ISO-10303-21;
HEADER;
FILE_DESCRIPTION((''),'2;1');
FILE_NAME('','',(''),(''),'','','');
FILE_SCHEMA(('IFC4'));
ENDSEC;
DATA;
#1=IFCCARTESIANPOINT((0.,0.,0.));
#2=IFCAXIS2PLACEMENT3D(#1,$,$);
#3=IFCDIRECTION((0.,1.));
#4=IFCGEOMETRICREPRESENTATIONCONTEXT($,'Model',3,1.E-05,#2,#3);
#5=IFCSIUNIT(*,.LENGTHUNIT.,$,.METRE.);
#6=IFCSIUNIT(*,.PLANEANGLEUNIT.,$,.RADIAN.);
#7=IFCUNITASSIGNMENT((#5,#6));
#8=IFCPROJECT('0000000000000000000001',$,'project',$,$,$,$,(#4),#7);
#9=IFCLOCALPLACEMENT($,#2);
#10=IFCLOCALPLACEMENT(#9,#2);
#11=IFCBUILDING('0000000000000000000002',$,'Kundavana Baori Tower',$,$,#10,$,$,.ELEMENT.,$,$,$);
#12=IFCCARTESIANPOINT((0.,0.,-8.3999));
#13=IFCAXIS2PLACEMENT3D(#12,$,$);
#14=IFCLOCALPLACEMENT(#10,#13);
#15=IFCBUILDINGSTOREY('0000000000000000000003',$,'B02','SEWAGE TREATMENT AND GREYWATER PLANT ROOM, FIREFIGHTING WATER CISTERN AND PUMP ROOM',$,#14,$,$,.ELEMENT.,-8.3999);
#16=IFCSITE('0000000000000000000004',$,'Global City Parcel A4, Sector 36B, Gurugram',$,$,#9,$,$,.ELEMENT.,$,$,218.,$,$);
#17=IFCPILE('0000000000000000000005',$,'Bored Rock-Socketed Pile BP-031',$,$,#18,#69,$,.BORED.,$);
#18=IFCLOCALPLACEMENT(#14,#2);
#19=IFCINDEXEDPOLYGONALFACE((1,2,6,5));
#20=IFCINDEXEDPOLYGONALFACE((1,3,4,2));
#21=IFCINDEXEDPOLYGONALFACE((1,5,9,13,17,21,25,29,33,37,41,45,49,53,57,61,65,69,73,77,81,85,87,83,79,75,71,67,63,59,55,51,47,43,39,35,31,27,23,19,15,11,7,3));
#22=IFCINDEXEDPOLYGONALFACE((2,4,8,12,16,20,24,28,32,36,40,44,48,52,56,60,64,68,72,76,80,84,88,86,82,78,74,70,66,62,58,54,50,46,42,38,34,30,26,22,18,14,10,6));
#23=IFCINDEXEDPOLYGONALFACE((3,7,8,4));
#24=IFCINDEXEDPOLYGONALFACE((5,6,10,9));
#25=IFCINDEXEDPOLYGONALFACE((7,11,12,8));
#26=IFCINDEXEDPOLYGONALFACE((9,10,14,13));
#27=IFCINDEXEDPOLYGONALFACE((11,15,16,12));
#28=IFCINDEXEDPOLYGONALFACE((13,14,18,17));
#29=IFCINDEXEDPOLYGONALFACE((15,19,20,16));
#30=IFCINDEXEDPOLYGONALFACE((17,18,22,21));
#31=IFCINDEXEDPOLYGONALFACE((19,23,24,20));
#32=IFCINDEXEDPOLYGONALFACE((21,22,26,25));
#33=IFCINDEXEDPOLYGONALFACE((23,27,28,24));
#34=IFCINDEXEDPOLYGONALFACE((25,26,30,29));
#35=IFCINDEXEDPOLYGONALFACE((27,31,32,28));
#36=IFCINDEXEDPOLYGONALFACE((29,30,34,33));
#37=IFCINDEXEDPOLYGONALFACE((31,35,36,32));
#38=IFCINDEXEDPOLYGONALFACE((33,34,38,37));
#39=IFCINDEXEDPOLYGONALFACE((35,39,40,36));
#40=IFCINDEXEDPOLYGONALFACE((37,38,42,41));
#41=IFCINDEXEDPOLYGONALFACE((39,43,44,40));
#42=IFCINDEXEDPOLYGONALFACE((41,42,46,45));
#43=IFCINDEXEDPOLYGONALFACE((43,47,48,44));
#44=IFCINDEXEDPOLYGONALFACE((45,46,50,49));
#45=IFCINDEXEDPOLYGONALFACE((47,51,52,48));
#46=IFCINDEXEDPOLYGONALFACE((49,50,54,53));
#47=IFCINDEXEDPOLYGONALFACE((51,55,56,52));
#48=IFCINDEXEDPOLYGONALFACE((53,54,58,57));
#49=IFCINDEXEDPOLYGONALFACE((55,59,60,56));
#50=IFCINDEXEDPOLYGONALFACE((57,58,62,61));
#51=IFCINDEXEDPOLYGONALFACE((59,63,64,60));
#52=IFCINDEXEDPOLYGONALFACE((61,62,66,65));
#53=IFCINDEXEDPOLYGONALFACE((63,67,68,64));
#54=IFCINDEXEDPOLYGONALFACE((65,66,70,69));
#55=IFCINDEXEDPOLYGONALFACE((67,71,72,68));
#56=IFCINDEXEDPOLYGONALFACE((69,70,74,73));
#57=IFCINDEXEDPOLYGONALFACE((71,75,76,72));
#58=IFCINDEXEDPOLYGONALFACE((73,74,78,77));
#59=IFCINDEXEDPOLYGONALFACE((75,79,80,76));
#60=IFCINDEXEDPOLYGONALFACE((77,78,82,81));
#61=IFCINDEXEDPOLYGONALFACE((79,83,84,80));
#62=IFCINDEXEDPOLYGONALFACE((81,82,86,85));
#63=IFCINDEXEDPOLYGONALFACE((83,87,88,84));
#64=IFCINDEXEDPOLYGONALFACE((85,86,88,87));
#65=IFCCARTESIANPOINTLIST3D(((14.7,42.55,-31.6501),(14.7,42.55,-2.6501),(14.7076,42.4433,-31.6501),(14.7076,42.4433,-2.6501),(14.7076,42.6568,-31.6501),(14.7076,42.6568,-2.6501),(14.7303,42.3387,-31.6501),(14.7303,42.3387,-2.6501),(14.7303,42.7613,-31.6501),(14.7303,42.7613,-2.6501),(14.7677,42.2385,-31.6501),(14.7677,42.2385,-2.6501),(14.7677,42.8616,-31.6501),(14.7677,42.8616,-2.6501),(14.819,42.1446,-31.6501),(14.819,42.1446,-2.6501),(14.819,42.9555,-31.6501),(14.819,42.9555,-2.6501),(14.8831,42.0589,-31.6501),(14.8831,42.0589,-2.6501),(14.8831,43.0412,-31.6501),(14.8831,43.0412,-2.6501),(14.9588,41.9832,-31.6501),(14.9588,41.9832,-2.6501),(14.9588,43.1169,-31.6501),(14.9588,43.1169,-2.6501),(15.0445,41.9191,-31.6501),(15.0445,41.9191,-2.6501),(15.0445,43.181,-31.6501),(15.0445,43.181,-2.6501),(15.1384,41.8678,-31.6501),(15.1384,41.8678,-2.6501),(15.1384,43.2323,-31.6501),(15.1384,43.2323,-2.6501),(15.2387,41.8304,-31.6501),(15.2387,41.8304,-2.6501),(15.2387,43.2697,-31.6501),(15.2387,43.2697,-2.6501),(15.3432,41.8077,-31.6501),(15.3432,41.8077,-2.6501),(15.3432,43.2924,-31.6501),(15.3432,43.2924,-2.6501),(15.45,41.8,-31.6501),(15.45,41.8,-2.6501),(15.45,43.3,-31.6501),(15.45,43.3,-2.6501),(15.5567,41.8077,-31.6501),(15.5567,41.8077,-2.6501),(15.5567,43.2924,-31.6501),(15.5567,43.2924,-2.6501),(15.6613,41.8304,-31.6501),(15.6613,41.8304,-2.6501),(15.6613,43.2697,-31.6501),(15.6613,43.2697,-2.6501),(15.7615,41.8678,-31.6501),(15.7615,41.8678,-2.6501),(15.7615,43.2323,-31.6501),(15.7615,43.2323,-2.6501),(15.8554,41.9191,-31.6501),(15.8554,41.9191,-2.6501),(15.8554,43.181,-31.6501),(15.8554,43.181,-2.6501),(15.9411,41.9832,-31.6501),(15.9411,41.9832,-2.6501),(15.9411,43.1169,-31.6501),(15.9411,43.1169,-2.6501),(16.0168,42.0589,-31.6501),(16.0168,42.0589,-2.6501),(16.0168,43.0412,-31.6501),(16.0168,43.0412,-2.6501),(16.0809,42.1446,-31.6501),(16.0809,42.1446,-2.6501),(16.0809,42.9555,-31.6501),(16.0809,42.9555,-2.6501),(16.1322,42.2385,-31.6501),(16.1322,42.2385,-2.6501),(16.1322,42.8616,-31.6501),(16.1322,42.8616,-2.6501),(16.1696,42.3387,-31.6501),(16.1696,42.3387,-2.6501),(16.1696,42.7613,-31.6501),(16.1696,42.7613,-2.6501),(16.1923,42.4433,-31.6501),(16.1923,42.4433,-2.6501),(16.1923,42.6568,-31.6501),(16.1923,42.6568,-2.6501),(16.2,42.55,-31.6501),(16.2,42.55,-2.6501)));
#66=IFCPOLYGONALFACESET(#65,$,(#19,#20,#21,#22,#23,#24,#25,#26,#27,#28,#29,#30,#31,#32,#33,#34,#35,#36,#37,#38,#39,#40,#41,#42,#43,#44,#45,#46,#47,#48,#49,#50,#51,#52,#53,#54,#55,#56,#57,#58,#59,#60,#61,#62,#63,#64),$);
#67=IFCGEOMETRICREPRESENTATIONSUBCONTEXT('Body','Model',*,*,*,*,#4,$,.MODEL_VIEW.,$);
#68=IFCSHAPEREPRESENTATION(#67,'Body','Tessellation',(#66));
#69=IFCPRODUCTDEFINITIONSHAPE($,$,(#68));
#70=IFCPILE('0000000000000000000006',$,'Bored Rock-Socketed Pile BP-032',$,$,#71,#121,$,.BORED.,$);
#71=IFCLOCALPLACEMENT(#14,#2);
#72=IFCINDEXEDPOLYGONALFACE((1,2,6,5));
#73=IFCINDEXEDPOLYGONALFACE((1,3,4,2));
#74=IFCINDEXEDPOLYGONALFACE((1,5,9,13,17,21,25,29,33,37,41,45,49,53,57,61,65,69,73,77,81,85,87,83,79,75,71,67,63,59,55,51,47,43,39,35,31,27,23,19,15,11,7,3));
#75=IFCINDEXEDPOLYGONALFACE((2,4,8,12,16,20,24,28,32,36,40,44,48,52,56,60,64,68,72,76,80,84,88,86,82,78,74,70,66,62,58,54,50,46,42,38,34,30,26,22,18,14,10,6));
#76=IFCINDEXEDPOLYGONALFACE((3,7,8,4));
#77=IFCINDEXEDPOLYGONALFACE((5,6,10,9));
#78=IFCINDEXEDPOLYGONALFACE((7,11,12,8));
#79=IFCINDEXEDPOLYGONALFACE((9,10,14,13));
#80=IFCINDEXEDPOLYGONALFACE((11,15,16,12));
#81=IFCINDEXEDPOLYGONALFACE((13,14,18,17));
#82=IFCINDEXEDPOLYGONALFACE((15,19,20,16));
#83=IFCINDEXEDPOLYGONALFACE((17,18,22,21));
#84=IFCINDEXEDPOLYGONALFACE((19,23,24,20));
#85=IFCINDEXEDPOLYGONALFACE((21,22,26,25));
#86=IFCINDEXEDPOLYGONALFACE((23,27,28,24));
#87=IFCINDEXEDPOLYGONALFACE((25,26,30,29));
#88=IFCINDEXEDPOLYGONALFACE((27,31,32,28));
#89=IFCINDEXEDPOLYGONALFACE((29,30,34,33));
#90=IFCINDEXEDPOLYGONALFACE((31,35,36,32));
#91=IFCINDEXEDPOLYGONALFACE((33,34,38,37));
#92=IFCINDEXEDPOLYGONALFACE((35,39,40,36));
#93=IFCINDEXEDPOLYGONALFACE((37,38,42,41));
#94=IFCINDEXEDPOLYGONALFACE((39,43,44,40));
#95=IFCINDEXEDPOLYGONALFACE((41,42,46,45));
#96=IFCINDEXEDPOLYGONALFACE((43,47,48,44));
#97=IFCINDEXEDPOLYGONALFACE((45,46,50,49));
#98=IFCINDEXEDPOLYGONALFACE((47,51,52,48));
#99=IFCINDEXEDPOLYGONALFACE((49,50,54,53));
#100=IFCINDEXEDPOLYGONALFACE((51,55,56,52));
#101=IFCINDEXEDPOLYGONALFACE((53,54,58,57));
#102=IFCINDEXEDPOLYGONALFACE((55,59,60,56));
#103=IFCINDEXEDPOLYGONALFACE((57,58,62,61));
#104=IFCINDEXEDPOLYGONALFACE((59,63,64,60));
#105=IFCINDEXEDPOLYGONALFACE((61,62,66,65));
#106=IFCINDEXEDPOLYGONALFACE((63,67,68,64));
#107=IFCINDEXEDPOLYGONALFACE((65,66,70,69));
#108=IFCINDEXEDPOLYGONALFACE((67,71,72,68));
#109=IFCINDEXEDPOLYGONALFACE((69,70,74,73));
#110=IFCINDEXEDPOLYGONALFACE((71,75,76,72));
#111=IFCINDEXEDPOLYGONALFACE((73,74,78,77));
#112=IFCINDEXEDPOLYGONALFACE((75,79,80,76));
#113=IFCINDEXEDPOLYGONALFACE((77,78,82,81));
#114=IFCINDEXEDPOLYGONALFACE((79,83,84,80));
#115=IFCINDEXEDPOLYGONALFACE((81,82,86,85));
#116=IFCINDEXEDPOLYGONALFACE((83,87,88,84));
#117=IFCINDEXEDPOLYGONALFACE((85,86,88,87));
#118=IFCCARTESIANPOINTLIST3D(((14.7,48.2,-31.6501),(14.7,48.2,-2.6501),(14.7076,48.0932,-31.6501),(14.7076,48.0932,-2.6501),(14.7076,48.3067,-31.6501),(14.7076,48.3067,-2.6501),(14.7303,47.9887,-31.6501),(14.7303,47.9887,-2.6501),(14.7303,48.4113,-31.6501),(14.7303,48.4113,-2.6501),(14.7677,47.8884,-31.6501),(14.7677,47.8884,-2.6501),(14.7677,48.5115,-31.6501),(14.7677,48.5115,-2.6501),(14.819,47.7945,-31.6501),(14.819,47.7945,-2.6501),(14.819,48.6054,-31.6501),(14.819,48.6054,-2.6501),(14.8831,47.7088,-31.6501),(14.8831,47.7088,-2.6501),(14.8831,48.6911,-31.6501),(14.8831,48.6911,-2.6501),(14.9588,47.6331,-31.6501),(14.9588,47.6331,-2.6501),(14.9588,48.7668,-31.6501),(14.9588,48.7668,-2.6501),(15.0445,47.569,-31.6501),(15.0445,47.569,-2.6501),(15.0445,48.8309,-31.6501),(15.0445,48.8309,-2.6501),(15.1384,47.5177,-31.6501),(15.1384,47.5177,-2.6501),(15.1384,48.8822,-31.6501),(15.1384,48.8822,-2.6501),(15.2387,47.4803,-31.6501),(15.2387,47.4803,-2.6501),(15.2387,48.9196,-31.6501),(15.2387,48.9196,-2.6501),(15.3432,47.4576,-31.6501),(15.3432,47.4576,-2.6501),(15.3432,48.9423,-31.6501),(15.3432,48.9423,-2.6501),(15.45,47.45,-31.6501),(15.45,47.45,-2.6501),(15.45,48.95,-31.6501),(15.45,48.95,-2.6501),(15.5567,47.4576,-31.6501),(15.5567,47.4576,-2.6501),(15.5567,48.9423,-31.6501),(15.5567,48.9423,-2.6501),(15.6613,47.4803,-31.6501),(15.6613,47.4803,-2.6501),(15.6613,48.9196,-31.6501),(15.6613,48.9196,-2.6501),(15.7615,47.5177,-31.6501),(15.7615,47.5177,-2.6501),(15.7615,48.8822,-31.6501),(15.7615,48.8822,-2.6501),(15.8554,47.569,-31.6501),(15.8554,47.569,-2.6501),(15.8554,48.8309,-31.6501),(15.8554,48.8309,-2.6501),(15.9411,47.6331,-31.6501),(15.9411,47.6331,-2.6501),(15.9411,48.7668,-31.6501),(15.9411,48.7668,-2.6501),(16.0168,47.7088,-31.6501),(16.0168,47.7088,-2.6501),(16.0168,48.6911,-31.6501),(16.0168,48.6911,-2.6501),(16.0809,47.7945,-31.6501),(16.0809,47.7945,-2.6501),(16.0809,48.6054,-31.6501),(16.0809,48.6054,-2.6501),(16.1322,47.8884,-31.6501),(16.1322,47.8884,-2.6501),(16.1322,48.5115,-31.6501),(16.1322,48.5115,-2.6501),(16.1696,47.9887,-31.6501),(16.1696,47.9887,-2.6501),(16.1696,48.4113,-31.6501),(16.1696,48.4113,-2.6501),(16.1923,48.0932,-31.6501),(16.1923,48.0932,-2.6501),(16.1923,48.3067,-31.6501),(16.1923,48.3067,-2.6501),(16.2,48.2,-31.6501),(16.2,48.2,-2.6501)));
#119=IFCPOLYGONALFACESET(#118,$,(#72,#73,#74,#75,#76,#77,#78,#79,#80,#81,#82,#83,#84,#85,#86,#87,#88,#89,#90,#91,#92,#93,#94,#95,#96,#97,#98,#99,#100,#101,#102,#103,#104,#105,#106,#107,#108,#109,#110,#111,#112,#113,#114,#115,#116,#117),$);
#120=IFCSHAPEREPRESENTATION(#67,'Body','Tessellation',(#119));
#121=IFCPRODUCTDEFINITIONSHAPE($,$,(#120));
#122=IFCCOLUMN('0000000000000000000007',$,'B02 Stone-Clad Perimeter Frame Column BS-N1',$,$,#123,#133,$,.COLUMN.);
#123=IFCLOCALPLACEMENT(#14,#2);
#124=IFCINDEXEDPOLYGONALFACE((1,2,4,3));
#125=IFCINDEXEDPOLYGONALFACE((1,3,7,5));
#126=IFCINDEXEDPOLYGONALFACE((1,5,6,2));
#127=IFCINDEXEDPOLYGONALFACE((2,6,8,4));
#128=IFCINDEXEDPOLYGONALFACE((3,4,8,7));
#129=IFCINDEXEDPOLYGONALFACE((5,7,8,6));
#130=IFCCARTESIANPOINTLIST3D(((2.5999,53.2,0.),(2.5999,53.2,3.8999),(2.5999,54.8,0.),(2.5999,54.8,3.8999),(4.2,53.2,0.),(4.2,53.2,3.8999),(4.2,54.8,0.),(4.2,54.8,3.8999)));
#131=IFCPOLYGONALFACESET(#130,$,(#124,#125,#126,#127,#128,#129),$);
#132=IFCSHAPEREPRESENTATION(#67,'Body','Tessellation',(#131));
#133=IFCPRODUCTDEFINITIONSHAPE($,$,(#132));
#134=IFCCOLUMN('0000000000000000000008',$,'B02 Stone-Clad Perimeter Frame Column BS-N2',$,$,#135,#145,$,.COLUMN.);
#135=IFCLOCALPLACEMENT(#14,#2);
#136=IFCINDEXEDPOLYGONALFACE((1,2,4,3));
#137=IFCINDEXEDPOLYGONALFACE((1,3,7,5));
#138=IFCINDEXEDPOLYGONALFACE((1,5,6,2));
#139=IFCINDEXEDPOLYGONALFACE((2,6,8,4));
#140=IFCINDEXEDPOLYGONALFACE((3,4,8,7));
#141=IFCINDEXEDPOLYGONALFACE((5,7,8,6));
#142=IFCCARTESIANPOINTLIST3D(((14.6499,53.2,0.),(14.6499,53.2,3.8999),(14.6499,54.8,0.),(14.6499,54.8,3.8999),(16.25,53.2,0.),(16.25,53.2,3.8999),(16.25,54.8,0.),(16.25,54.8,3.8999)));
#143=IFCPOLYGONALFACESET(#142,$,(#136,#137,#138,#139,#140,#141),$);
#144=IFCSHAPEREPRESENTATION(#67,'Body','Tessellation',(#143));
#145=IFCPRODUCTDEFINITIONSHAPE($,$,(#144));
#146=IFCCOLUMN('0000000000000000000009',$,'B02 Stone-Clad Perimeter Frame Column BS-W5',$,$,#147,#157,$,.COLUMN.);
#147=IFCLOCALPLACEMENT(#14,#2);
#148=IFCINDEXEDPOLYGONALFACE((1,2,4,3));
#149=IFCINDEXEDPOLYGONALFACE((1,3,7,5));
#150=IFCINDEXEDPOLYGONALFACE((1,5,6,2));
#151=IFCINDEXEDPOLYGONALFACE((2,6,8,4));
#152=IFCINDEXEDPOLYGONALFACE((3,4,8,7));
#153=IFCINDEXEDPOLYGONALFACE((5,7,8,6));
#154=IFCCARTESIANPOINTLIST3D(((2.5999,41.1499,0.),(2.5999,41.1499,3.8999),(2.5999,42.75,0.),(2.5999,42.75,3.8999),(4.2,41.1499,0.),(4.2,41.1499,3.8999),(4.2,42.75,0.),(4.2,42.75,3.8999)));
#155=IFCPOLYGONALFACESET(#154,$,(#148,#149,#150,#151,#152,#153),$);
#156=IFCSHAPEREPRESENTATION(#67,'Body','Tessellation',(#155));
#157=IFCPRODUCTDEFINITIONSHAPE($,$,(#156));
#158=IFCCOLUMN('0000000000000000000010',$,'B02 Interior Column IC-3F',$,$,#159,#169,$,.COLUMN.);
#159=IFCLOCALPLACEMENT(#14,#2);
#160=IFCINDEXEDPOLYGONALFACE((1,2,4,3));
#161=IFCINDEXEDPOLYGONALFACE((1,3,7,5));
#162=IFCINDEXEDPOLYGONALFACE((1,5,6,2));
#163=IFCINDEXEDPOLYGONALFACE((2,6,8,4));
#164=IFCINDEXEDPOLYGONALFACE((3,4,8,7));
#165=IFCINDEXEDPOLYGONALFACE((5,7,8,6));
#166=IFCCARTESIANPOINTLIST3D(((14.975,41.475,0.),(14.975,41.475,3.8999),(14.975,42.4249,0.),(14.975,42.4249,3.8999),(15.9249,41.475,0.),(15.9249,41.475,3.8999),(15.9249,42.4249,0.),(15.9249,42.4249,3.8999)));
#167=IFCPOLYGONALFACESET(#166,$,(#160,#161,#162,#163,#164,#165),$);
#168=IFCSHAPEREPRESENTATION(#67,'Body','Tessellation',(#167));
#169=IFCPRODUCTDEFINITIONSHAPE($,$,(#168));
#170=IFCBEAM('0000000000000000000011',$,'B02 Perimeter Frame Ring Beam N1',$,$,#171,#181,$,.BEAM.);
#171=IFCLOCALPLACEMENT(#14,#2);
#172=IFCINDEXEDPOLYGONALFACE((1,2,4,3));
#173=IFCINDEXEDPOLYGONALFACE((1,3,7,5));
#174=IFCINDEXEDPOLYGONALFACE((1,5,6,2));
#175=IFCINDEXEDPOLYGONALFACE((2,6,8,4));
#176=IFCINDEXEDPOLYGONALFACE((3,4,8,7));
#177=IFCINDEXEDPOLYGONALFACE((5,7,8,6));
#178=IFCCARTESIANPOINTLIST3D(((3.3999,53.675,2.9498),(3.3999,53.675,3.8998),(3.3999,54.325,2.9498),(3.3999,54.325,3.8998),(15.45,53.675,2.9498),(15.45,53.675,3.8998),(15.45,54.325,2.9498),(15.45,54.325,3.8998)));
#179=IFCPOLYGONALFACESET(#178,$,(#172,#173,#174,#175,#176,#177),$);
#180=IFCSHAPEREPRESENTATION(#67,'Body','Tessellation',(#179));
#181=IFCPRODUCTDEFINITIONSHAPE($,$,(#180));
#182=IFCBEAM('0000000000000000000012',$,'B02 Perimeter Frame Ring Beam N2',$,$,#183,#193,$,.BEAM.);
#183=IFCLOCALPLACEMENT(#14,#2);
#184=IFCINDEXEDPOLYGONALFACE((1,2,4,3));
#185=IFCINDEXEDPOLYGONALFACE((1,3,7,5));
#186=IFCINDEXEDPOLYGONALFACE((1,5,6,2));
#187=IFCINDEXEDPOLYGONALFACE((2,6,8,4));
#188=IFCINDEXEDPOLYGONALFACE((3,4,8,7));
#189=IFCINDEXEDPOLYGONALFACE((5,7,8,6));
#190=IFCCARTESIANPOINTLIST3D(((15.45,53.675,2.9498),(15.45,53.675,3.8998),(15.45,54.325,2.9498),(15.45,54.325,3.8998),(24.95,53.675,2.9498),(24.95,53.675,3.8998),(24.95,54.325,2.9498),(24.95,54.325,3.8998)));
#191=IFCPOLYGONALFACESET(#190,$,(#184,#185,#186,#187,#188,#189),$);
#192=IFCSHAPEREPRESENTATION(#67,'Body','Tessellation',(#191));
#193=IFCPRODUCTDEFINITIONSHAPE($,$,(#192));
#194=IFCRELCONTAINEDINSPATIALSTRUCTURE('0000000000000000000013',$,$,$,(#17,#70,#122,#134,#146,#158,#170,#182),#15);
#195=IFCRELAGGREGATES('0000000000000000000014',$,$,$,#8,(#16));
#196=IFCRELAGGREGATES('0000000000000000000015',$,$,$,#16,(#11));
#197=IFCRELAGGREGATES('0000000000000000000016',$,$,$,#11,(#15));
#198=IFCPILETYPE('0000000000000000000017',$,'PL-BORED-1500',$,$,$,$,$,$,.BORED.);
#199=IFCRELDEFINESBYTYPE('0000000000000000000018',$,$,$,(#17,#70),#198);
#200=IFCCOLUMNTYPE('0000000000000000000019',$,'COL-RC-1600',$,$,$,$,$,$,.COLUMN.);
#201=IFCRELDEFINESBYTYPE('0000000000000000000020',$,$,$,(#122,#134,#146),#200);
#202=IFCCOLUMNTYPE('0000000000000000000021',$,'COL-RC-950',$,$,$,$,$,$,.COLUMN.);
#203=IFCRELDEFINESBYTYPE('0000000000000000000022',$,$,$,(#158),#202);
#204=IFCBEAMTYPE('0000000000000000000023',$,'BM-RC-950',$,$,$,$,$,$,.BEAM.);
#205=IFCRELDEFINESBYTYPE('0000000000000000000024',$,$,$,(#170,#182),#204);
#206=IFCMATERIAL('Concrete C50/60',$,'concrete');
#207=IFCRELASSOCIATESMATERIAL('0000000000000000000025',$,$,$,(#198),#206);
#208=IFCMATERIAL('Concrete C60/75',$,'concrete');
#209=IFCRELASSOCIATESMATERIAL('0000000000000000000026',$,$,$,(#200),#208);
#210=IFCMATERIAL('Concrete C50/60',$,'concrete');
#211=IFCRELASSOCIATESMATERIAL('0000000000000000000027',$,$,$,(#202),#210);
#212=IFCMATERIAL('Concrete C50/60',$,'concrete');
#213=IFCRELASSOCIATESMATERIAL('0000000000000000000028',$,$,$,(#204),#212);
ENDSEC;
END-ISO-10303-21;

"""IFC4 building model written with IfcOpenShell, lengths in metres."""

from ifc_helpers import new_model, si_unit, direction, frame, origin, origin_2d, place, context, subcontext, project, spatial, rectangle, circle, extrude, material, material_profile, profile_set, type_object, element, save


model = new_model("IFC4")

# Units and contexts
model_context = context("Model", 3, precision=1e-05, world=origin(), true_north=direction((0.0, 1.0)))
body_context = subcontext(model_context, "Body", "Model", "MODEL_VIEW")
ifc_project = project(units=[si_unit("LENGTHUNIT", "METRE"), si_unit("PLANEANGLEUNIT", "RADIAN")], contexts=[model_context])

# Site, building, storey
site_placement = place(None, origin())
site = spatial("IfcSite", under=ifc_project, at=site_placement, Name="Global City Parcel A4, Sector 36B, Gurugram", CompositionType="ELEMENT", RefElevation=218.0)
building_placement = place(site_placement, origin())
building = spatial("IfcBuilding", under=site, at=building_placement, Name="Kundavana Baori Tower", CompositionType="ELEMENT")
storey_placement = place(building_placement, frame((0.0, 0.0, -8.3999)))
storey = spatial("IfcBuildingStorey", under=building, at=storey_placement, Name="B02", Description="SEWAGE TREATMENT AND GREYWATER PLANT ROOM, FIREFIGHTING WATER CISTERN AND PUMP ROOM", CompositionType="ELEMENT", Elevation=-8.3999)

# Piles
ifc_material_1 = material(Name="Concrete C50/60", Category="concrete")
ifc_material_profile_1 = material_profile(ifc_material_1, circle(Radius=0.75, at=origin_2d()), Name="BORED PILE D1500")
ifc_profile_set_1 = profile_set([ifc_material_profile_1], Name="Concrete C50/60")
pile_type_1 = type_object("IfcPileType", Name="PL-BORED-1500", PredefinedType="BORED", material=ifc_profile_set_1)
for number, where, z_axis, x_axis, name in (
    (1, (15.45, 42.55, -2.6501), (0.0, 0.0, -1.0), (1.0, 0.0, 0.0), "Bored Rock-Socketed Pile BP-031"),
    (2, (15.45, 48.2, -2.6501), (0.0, 0.0, -1.0), (1.0, 0.0, 0.0), "Bored Rock-Socketed Pile BP-032"),
):
    element("IfcPile", number, at=place(storey_placement, frame(where, z_axis=z_axis, x_axis=x_axis)), inside=storey, type_object=pile_type_1, Name=name, PredefinedType="BORED", context=body_context, shape_type="SweptSolid", body=[
        extrude(circle(Radius=0.75, at=origin_2d()), origin(), (0.0, 0.0, 1.0), 29.0),
    ])

# Columns
ifc_material_2 = material(Name="Concrete C60/75", Category="concrete")
ifc_material_profile_2 = material_profile(ifc_material_2, rectangle(XDim=1.6001, YDim=1.6001, at=origin_2d()), Name="RC 1600x1600")
ifc_profile_set_2 = profile_set([ifc_material_profile_2], Name="Concrete C60/75")
column_type_1 = type_object("IfcColumnType", Name="COL-RC-1600", PredefinedType="COLUMN", material=ifc_profile_set_2)
for number, where, z_axis, x_axis, name in (
    (3, (3.3999, 54.0, 0.0), (0.0, 0.0, 1.0), (1.0, 0.0, 0.0), "B02 Stone-Clad Perimeter Frame Column BS-N1"),
    (4, (15.45, 54.0, 0.0), (0.0, 0.0, 1.0), (1.0, 0.0, 0.0), "B02 Stone-Clad Perimeter Frame Column BS-N2"),
    (5, (3.3999, 41.95, 0.0), (0.0, 0.0, 1.0), (1.0, 0.0, 0.0), "B02 Stone-Clad Perimeter Frame Column BS-W5"),
):
    element("IfcColumn", number, at=place(storey_placement, frame(where, z_axis=z_axis, x_axis=x_axis)), inside=storey, type_object=column_type_1, Name=name, PredefinedType="COLUMN", context=body_context, shape_type="SweptSolid", body=[
        extrude(rectangle(XDim=1.6001, YDim=1.6001, at=origin_2d()), origin(), (0.0, 0.0, 1.0), 3.8999),
    ])
ifc_material_3 = material(Name="Concrete C50/60", Category="concrete")
ifc_material_profile_3 = material_profile(ifc_material_3, rectangle(XDim=0.95, YDim=0.95, at=origin_2d()), Name="RC 950x950")
ifc_profile_set_3 = profile_set([ifc_material_profile_3], Name="Concrete C50/60")
column_type_2 = type_object("IfcColumnType", Name="COL-RC-950", PredefinedType="COLUMN", material=ifc_profile_set_3)
column_placement = place(storey_placement, frame((15.45, 41.95, 0.0), z_axis=(0.0, 0.0, 1.0), x_axis=(1.0, 0.0, 0.0)))
element("IfcColumn", 6, at=column_placement, inside=storey, type_object=column_type_2, Name="B02 Interior Column IC-3F", PredefinedType="COLUMN", context=body_context, shape_type="SweptSolid", body=[
    extrude(rectangle(XDim=0.95, YDim=0.95, at=origin_2d()), origin(), (0.0, 0.0, 1.0), 3.8999),
])

# Beams
ifc_material_4 = material(Name="Concrete C50/60", Category="concrete")
ifc_material_profile_4 = material_profile(ifc_material_4, rectangle(XDim=0.6499, YDim=0.95, at=origin_2d()), Name="RC BM 650x950")
ifc_profile_set_4 = profile_set([ifc_material_profile_4], Name="Concrete C50/60")
beam_type = type_object("IfcBeamType", Name="BM-RC-950", PredefinedType="BEAM", material=ifc_profile_set_4)
beam_1_placement = place(storey_placement, frame((3.3999, 54.0, 3.4248), z_axis=(1.0, 0.0, 0.0), x_axis=(0.0, 1.0, 0.0)))
element("IfcBeam", 7, at=beam_1_placement, inside=storey, type_object=beam_type, Name="B02 Perimeter Frame Ring Beam N1", PredefinedType="BEAM", context=body_context, shape_type="SweptSolid", body=[
    extrude(rectangle(XDim=0.6499, YDim=0.95, at=origin_2d()), origin(), (0.0, 0.0, 1.0), 12.05),
])
beam_2_placement = place(storey_placement, frame((15.45, 54.0, 3.4248), z_axis=(1.0, 0.0, 0.0), x_axis=(0.0, 1.0, 0.0)))
element("IfcBeam", 8, at=beam_2_placement, inside=storey, type_object=beam_type, Name="B02 Perimeter Frame Ring Beam N2", PredefinedType="BEAM", context=body_context, shape_type="SweptSolid", body=[
    extrude(rectangle(XDim=0.6499, YDim=0.95, at=origin_2d()), origin(), (0.0, 0.0, 1.0), 9.5),
])

save(model, "model.ifc")
